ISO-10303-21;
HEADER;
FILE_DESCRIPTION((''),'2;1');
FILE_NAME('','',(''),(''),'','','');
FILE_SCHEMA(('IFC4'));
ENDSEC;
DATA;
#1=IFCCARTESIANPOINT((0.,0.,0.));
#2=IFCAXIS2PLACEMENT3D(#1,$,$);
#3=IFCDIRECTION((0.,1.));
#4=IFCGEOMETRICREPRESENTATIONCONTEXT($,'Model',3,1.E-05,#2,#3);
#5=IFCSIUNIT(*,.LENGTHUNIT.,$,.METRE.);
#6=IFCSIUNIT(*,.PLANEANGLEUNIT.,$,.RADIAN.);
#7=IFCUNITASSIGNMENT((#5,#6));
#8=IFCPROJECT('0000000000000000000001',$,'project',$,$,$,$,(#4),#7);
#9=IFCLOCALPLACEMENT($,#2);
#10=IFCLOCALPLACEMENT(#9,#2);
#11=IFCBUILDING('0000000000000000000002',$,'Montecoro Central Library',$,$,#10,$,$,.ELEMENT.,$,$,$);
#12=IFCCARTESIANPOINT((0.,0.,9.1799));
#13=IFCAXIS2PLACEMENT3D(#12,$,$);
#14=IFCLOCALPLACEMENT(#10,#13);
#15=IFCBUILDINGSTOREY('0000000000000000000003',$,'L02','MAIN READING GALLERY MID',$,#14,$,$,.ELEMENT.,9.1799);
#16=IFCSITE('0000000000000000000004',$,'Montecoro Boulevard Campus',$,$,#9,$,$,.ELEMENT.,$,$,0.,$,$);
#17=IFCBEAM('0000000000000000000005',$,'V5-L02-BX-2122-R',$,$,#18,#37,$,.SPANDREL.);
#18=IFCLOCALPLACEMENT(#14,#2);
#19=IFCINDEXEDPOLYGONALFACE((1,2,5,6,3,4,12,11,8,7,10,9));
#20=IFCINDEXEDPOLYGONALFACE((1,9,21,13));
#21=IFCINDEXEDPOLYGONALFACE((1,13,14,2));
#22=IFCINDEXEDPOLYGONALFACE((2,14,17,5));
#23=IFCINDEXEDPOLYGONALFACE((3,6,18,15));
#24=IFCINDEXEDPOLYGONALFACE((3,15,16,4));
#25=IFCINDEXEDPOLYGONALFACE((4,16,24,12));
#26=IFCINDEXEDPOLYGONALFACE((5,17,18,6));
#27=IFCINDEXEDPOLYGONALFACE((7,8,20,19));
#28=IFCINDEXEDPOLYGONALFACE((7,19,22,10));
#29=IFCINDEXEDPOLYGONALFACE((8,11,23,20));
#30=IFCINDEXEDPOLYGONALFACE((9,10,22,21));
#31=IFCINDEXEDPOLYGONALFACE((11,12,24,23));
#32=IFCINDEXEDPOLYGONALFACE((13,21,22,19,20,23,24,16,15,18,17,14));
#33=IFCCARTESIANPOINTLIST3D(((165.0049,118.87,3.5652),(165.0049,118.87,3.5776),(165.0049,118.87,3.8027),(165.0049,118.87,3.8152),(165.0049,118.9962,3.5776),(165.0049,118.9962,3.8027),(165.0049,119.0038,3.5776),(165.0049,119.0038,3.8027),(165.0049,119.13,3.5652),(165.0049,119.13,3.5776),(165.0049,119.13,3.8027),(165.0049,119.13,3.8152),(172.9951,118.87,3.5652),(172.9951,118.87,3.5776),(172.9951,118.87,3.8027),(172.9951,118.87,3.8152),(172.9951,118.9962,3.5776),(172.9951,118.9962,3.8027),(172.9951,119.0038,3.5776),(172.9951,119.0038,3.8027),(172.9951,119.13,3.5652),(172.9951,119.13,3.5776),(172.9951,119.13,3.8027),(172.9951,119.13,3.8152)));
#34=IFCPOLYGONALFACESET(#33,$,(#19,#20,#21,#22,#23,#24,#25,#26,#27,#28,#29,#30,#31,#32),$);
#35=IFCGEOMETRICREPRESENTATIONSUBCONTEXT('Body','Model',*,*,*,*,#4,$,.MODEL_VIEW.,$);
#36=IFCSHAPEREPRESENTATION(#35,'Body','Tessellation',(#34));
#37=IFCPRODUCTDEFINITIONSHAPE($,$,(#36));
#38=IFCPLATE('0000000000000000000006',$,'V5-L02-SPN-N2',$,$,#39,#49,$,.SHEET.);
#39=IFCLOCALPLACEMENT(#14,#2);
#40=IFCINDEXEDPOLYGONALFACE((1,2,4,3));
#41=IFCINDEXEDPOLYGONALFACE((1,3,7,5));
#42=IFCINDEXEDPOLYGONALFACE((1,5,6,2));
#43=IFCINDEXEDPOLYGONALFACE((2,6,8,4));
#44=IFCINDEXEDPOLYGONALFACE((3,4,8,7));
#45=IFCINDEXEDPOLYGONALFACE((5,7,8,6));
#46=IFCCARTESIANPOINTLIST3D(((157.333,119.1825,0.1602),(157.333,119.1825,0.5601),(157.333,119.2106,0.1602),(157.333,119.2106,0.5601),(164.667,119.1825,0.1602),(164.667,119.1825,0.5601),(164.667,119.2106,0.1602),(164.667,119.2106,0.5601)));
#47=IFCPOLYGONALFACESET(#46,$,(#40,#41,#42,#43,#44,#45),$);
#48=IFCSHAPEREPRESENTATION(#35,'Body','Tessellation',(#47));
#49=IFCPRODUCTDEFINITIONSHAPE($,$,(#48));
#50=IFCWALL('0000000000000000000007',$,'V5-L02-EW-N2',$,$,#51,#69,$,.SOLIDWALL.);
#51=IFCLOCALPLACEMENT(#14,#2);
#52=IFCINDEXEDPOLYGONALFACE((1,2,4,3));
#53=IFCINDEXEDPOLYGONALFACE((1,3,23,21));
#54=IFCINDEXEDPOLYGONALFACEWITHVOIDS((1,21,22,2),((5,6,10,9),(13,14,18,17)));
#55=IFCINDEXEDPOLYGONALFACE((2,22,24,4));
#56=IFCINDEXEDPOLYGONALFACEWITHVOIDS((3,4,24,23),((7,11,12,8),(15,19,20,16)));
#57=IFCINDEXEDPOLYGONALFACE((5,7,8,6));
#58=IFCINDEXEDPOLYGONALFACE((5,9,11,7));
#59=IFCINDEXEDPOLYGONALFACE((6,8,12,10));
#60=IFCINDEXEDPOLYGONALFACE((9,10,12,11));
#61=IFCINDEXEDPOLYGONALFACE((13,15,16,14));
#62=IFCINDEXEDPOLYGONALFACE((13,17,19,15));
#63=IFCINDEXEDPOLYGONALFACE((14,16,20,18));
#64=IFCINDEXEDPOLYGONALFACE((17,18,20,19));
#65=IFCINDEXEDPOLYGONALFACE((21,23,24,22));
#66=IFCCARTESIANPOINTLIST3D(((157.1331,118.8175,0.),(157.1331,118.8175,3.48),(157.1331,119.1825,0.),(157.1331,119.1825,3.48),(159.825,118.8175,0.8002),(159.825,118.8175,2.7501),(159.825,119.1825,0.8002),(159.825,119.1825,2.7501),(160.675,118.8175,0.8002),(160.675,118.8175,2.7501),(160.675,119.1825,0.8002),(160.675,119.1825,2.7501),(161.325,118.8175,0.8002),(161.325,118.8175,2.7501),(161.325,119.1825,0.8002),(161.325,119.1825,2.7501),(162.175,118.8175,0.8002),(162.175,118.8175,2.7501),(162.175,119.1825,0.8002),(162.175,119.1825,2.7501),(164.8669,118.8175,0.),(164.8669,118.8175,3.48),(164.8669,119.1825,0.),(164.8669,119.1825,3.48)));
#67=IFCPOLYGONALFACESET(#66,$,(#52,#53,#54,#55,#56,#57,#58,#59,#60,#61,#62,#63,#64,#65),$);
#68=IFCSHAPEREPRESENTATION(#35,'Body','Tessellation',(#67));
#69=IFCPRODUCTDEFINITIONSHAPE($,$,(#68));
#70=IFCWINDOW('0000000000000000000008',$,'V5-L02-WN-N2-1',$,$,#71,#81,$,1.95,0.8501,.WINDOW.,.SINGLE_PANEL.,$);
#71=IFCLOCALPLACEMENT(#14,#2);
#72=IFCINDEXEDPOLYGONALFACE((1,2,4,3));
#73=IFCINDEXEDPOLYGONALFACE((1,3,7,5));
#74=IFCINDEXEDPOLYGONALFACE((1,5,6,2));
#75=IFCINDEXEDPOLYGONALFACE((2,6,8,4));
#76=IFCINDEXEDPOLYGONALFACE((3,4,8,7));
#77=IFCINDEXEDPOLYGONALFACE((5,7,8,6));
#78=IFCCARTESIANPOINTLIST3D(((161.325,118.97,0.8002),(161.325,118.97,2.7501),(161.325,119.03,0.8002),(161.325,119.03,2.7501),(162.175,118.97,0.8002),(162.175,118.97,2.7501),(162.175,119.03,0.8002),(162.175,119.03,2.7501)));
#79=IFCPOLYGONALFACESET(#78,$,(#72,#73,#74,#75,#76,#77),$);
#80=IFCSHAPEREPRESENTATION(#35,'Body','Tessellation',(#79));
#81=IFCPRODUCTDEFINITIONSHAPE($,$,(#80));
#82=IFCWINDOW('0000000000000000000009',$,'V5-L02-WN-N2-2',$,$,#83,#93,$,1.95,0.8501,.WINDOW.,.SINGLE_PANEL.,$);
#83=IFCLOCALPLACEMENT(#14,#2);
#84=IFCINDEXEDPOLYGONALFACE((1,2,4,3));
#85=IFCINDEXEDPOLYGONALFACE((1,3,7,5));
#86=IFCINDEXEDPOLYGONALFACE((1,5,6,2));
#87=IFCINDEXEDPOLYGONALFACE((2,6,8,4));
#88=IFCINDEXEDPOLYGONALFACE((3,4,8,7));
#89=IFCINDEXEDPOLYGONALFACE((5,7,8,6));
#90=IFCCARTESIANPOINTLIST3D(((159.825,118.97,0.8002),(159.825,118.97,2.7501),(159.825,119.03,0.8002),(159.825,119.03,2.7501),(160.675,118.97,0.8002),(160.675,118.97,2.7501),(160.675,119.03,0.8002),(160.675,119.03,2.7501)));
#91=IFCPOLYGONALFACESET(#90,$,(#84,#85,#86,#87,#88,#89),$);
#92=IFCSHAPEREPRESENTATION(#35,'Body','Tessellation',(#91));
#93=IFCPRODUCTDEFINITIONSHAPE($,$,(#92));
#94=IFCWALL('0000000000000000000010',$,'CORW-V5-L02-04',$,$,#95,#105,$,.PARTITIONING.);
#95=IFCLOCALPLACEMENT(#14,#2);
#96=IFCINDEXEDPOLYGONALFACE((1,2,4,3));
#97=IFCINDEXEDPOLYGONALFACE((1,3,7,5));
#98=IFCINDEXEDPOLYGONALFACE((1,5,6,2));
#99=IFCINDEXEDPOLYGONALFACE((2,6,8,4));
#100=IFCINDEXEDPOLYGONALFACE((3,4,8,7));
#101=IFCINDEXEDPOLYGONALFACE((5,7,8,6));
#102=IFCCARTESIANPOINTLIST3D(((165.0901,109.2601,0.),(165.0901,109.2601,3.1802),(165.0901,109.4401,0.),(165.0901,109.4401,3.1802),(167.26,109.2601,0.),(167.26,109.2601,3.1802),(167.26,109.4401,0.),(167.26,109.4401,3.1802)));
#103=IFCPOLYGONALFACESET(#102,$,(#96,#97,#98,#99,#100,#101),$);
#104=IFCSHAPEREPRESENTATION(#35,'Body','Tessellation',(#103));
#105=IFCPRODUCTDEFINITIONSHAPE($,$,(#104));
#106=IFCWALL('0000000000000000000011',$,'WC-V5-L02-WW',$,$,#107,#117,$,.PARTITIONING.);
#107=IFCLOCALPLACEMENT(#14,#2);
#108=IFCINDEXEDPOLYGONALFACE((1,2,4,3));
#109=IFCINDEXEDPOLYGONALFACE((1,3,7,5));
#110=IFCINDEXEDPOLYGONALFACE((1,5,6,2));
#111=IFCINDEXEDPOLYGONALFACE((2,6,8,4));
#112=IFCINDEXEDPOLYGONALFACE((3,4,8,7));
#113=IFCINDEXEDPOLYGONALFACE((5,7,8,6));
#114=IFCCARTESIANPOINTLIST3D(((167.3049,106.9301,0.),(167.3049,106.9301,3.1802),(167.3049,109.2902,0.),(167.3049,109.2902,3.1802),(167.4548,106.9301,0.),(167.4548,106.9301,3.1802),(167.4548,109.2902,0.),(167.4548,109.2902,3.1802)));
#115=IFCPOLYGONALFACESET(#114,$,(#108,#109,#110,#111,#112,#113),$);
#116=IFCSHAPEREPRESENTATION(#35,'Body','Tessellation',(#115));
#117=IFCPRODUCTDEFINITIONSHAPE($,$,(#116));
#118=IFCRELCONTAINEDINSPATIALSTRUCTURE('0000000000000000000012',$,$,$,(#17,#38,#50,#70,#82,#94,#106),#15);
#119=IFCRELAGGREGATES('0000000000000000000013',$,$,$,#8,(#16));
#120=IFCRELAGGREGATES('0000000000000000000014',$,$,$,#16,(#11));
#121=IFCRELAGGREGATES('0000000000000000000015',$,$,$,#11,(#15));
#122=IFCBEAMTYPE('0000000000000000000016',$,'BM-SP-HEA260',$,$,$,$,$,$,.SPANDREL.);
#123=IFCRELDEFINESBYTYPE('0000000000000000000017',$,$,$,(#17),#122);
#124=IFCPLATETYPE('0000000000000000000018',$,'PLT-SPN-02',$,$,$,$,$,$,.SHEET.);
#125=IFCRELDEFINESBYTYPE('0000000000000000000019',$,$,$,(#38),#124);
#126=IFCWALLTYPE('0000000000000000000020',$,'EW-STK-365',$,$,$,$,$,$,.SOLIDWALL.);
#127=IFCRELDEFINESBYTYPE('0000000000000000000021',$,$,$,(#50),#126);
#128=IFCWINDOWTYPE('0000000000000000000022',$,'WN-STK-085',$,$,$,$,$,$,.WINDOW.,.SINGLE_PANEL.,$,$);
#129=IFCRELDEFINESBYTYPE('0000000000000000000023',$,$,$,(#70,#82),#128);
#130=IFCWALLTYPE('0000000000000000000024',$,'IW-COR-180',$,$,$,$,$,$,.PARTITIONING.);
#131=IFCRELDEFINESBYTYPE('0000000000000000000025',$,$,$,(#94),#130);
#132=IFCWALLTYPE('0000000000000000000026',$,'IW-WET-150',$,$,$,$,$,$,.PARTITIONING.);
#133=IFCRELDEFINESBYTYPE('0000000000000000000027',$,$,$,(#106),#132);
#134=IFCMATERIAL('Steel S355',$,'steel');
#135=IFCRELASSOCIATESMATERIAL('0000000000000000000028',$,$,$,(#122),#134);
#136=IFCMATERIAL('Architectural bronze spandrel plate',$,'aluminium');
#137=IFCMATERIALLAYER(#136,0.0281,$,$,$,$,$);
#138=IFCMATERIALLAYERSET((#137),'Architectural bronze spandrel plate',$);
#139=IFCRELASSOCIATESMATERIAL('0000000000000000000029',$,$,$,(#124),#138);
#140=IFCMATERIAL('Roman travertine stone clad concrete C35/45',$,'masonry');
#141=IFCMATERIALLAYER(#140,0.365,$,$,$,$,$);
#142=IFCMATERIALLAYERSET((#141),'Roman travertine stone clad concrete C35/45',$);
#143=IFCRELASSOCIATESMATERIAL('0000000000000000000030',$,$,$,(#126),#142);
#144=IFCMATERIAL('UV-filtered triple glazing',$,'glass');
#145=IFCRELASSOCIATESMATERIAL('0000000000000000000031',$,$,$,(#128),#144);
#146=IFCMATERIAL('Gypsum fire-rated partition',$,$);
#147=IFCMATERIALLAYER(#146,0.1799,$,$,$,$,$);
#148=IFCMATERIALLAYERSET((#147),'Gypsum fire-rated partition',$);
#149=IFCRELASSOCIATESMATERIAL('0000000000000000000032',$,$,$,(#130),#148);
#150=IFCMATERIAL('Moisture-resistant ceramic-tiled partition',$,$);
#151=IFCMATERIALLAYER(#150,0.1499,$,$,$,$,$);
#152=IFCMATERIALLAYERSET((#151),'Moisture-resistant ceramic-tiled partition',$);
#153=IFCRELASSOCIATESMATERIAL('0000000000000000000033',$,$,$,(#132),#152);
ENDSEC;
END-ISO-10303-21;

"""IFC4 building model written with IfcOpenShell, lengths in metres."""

from ifc_helpers import new_model, si_unit, direction, frame, frame_2d, origin, origin_2d, place, context, subcontext, project, spatial, rectangle, i_section, extrude, material, layer, layer_set, material_profile, profile_set, type_object, element, fill, save


model = new_model("IFC4")

# Units and contexts
model_context = context("Model", 3, precision=1e-05, world=origin(), true_north=direction((0.0, 1.0)))
body_context = subcontext(model_context, "Body", "Model", "MODEL_VIEW")
ifc_project = project(units=[si_unit("LENGTHUNIT", "METRE"), si_unit("PLANEANGLEUNIT", "RADIAN")], contexts=[model_context])

# Site, building, storey
site_placement = place(None, origin())
site = spatial("IfcSite", under=ifc_project, at=site_placement, Name="Montecoro Boulevard Campus", CompositionType="ELEMENT", RefElevation=0.0)
building_placement = place(site_placement, origin())
building = spatial("IfcBuilding", under=site, at=building_placement, Name="Montecoro Central Library", CompositionType="ELEMENT")
storey_placement = place(building_placement, frame((0.0, 0.0, 9.1799)))
storey = spatial("IfcBuildingStorey", under=building, at=storey_placement, Name="L02", Description="MAIN READING GALLERY MID", CompositionType="ELEMENT", Elevation=9.1799)

# Shared definitions
ifc_material_1 = material(Name="Steel S355", Category="steel")

# Beam
ifc_material_profile_1 = material_profile(ifc_material_1, i_section(OverallWidth=0.26, OverallDepth=0.25, WebThickness=0.0076, FlangeThickness=0.0125, at=origin_2d()), Name="HEA 260")
ifc_profile_set_1 = profile_set([ifc_material_profile_1], Name="Steel S355")
beam_type_1 = type_object("IfcBeamType", Name="BM-SP-HEA260", PredefinedType="SPANDREL", material=ifc_profile_set_1)
beam_1_placement = place(storey_placement, frame((165.0049, 119.0, 3.6902), z_axis=(1.0, 0.0, 0.0), x_axis=(0.0, 1.0, 0.0)))
element("IfcBeam", 1, at=beam_1_placement, inside=storey, type_object=beam_type_1, Name="V5-L02-BX-2122-R", PredefinedType="SPANDREL", context=body_context, shape_type="SweptSolid", body=[
    extrude(i_section(OverallWidth=0.26, OverallDepth=0.25, WebThickness=0.0076, FlangeThickness=0.0125, at=origin_2d()), origin(), (0.0, 0.0, 1.0), 7.9902),
])

# Plate
ifc_material_2 = material(Name="Architectural bronze spandrel plate", Category="aluminium")
ifc_layer_1 = layer(ifc_material_2, 0.0281)
ifc_layer_set_1 = layer_set([ifc_layer_1], Name="Architectural bronze spandrel plate")
plate_type = type_object("IfcPlateType", Name="PLT-SPN-02", PredefinedType="SHEET", material=ifc_layer_set_1)
plate_placement = place(storey_placement, frame((161.0, 119.1965, 0.1602), z_axis=(0.0, 0.0, 1.0), x_axis=(-1.0, 0.0, 0.0)))
element("IfcPlate", 2, at=plate_placement, inside=storey, type_object=plate_type, Name="V5-L02-SPN-N2", PredefinedType="SHEET", context=body_context, shape_type="SweptSolid", body=[
    extrude(rectangle(XDim=7.334, YDim=0.0281, at=origin_2d()), origin(), (0.0, 0.0, 1.0), 0.3999),
])

# Wall, openings, windows
ifc_material_3 = material(Name="Roman travertine stone clad concrete C35/45", Category="masonry")
ifc_layer_2 = layer(ifc_material_3, 0.365)
ifc_layer_set_2 = layer_set([ifc_layer_2], Name="Roman travertine stone clad concrete C35/45")
wall_type_1 = type_object("IfcWallType", Name="EW-STK-365", PredefinedType="SOLIDWALL", material=ifc_layer_set_2)
wall_1_placement = place(storey_placement, frame((164.8669, 119.0, 0.0), z_axis=(0.0, 0.0, 1.0), x_axis=(-1.0, 0.0, 0.0)))
wall_1 = element("IfcWall", 3, at=wall_1_placement, inside=storey, type_object=wall_type_1, Name="V5-L02-EW-N2", PredefinedType="SOLIDWALL", context=body_context, shape_type="SweptSolid", body=[
    extrude(rectangle(XDim=7.7339, YDim=0.365, at=frame_2d((3.8669, 0.0))), origin(), (0.0, 0.0, 1.0), 3.48),
])
opening_1_placement = place(wall_1_placement, frame((2.6919, 0.0, 0.8)))
opening_1 = element("IfcOpeningElement", 4, at=opening_1_placement, cuts=wall_1, PredefinedType="OPENING", context=body_context, shape_type="SweptSolid", body=[
    extrude(rectangle(XDim=0.8501, YDim=1.95, at=frame_2d((0.425, 0.9751))), frame((0.0, 0.1924, 0.0), z_axis=(0.0, -1.0, 0.0), x_axis=(1.0, 0.0, 0.0)), (0.0, 0.0, 1.0), 0.385),
])
opening_2_placement = place(wall_1_placement, frame((4.1919, 0.0, 0.8)))
opening_2 = element("IfcOpeningElement", 5, at=opening_2_placement, cuts=wall_1, PredefinedType="OPENING", context=body_context, shape_type="SweptSolid", body=[
    extrude(rectangle(XDim=0.8501, YDim=1.95, at=frame_2d((0.425, 0.9751))), frame((0.0, 0.1924, 0.0), z_axis=(0.0, -1.0, 0.0), x_axis=(1.0, 0.0, 0.0)), (0.0, 0.0, 1.0), 0.385),
])
ifc_material_4 = material(Name="UV-filtered triple glazing", Category="glass")
window_type = type_object("IfcWindowType", Name="WN-STK-085", PartitioningType="SINGLE_PANEL", PredefinedType="WINDOW", material=ifc_material_4)
window_1_placement = place(opening_1_placement, origin())
window_1 = element("IfcWindow", 6, at=window_1_placement, inside=storey, type_object=window_type, Name="V5-L02-WN-N2-1", OverallHeight=1.95, OverallWidth=0.8501, PartitioningType="SINGLE_PANEL", PredefinedType="WINDOW", context=body_context, shape_type="SweptSolid", body=[
    extrude(rectangle(XDim=0.8501, YDim=1.95, at=frame_2d((0.425, 0.9751))), frame((0.0, 0.03, 0.0), z_axis=(0.0, -1.0, 0.0), x_axis=(1.0, 0.0, 0.0)), (0.0, 0.0, 1.0), 0.0601),
])
fill(opening_1, window_1)
window_2_placement = place(opening_2_placement, origin())
window_2 = element("IfcWindow", 7, at=window_2_placement, inside=storey, type_object=window_type, Name="V5-L02-WN-N2-2", OverallHeight=1.95, OverallWidth=0.8501, PartitioningType="SINGLE_PANEL", PredefinedType="WINDOW", context=body_context, shape_type="SweptSolid", body=[
    extrude(rectangle(XDim=0.8501, YDim=1.95, at=frame_2d((0.425, 0.9751))), frame((0.0, 0.03, 0.0), z_axis=(0.0, -1.0, 0.0), x_axis=(1.0, 0.0, 0.0)), (0.0, 0.0, 1.0), 0.0601),
])
fill(opening_2, window_2)

# Walls
ifc_material_5 = material(Name="Gypsum fire-rated partition")
ifc_layer_3 = layer(ifc_material_5, 0.1799)
ifc_layer_set_3 = layer_set([ifc_layer_3], Name="Gypsum fire-rated partition")
wall_type_2 = type_object("IfcWallType", Name="IW-COR-180", PredefinedType="PARTITIONING", material=ifc_layer_set_3)
wall_2_placement = place(storey_placement, frame((165.0901, 109.3501, 0.0), z_axis=(0.0, 0.0, 1.0), x_axis=(1.0, 0.0, 0.0)))
element("IfcWall", 8, at=wall_2_placement, inside=storey, type_object=wall_type_2, Name="CORW-V5-L02-04", PredefinedType="PARTITIONING", context=body_context, shape_type="SweptSolid", body=[
    extrude(rectangle(XDim=2.1699, YDim=0.1799, at=frame_2d((1.085, 0.0))), origin(), (0.0, 0.0, 1.0), 3.1802),
])
ifc_material_6 = material(Name="Moisture-resistant ceramic-tiled partition")
ifc_layer_4 = layer(ifc_material_6, 0.1499)
ifc_layer_set_4 = layer_set([ifc_layer_4], Name="Moisture-resistant ceramic-tiled partition")
wall_type_3 = type_object("IfcWallType", Name="IW-WET-150", PredefinedType="PARTITIONING", material=ifc_layer_set_4)
wall_3_placement = place(storey_placement, frame((167.3799, 106.9299, 0.0), z_axis=(0.0, 0.0, 1.0), x_axis=(0.0, 1.0, 0.0)))
element("IfcWall", 9, at=wall_3_placement, inside=storey, type_object=wall_type_3, Name="WC-V5-L02-WW", PredefinedType="PARTITIONING", context=body_context, shape_type="SweptSolid", body=[
    extrude(rectangle(XDim=2.3601, YDim=0.1499, at=frame_2d((1.1802, 0.0))), origin(), (0.0, 0.0, 1.0), 3.1802),
])

save(model, "model.ifc")
